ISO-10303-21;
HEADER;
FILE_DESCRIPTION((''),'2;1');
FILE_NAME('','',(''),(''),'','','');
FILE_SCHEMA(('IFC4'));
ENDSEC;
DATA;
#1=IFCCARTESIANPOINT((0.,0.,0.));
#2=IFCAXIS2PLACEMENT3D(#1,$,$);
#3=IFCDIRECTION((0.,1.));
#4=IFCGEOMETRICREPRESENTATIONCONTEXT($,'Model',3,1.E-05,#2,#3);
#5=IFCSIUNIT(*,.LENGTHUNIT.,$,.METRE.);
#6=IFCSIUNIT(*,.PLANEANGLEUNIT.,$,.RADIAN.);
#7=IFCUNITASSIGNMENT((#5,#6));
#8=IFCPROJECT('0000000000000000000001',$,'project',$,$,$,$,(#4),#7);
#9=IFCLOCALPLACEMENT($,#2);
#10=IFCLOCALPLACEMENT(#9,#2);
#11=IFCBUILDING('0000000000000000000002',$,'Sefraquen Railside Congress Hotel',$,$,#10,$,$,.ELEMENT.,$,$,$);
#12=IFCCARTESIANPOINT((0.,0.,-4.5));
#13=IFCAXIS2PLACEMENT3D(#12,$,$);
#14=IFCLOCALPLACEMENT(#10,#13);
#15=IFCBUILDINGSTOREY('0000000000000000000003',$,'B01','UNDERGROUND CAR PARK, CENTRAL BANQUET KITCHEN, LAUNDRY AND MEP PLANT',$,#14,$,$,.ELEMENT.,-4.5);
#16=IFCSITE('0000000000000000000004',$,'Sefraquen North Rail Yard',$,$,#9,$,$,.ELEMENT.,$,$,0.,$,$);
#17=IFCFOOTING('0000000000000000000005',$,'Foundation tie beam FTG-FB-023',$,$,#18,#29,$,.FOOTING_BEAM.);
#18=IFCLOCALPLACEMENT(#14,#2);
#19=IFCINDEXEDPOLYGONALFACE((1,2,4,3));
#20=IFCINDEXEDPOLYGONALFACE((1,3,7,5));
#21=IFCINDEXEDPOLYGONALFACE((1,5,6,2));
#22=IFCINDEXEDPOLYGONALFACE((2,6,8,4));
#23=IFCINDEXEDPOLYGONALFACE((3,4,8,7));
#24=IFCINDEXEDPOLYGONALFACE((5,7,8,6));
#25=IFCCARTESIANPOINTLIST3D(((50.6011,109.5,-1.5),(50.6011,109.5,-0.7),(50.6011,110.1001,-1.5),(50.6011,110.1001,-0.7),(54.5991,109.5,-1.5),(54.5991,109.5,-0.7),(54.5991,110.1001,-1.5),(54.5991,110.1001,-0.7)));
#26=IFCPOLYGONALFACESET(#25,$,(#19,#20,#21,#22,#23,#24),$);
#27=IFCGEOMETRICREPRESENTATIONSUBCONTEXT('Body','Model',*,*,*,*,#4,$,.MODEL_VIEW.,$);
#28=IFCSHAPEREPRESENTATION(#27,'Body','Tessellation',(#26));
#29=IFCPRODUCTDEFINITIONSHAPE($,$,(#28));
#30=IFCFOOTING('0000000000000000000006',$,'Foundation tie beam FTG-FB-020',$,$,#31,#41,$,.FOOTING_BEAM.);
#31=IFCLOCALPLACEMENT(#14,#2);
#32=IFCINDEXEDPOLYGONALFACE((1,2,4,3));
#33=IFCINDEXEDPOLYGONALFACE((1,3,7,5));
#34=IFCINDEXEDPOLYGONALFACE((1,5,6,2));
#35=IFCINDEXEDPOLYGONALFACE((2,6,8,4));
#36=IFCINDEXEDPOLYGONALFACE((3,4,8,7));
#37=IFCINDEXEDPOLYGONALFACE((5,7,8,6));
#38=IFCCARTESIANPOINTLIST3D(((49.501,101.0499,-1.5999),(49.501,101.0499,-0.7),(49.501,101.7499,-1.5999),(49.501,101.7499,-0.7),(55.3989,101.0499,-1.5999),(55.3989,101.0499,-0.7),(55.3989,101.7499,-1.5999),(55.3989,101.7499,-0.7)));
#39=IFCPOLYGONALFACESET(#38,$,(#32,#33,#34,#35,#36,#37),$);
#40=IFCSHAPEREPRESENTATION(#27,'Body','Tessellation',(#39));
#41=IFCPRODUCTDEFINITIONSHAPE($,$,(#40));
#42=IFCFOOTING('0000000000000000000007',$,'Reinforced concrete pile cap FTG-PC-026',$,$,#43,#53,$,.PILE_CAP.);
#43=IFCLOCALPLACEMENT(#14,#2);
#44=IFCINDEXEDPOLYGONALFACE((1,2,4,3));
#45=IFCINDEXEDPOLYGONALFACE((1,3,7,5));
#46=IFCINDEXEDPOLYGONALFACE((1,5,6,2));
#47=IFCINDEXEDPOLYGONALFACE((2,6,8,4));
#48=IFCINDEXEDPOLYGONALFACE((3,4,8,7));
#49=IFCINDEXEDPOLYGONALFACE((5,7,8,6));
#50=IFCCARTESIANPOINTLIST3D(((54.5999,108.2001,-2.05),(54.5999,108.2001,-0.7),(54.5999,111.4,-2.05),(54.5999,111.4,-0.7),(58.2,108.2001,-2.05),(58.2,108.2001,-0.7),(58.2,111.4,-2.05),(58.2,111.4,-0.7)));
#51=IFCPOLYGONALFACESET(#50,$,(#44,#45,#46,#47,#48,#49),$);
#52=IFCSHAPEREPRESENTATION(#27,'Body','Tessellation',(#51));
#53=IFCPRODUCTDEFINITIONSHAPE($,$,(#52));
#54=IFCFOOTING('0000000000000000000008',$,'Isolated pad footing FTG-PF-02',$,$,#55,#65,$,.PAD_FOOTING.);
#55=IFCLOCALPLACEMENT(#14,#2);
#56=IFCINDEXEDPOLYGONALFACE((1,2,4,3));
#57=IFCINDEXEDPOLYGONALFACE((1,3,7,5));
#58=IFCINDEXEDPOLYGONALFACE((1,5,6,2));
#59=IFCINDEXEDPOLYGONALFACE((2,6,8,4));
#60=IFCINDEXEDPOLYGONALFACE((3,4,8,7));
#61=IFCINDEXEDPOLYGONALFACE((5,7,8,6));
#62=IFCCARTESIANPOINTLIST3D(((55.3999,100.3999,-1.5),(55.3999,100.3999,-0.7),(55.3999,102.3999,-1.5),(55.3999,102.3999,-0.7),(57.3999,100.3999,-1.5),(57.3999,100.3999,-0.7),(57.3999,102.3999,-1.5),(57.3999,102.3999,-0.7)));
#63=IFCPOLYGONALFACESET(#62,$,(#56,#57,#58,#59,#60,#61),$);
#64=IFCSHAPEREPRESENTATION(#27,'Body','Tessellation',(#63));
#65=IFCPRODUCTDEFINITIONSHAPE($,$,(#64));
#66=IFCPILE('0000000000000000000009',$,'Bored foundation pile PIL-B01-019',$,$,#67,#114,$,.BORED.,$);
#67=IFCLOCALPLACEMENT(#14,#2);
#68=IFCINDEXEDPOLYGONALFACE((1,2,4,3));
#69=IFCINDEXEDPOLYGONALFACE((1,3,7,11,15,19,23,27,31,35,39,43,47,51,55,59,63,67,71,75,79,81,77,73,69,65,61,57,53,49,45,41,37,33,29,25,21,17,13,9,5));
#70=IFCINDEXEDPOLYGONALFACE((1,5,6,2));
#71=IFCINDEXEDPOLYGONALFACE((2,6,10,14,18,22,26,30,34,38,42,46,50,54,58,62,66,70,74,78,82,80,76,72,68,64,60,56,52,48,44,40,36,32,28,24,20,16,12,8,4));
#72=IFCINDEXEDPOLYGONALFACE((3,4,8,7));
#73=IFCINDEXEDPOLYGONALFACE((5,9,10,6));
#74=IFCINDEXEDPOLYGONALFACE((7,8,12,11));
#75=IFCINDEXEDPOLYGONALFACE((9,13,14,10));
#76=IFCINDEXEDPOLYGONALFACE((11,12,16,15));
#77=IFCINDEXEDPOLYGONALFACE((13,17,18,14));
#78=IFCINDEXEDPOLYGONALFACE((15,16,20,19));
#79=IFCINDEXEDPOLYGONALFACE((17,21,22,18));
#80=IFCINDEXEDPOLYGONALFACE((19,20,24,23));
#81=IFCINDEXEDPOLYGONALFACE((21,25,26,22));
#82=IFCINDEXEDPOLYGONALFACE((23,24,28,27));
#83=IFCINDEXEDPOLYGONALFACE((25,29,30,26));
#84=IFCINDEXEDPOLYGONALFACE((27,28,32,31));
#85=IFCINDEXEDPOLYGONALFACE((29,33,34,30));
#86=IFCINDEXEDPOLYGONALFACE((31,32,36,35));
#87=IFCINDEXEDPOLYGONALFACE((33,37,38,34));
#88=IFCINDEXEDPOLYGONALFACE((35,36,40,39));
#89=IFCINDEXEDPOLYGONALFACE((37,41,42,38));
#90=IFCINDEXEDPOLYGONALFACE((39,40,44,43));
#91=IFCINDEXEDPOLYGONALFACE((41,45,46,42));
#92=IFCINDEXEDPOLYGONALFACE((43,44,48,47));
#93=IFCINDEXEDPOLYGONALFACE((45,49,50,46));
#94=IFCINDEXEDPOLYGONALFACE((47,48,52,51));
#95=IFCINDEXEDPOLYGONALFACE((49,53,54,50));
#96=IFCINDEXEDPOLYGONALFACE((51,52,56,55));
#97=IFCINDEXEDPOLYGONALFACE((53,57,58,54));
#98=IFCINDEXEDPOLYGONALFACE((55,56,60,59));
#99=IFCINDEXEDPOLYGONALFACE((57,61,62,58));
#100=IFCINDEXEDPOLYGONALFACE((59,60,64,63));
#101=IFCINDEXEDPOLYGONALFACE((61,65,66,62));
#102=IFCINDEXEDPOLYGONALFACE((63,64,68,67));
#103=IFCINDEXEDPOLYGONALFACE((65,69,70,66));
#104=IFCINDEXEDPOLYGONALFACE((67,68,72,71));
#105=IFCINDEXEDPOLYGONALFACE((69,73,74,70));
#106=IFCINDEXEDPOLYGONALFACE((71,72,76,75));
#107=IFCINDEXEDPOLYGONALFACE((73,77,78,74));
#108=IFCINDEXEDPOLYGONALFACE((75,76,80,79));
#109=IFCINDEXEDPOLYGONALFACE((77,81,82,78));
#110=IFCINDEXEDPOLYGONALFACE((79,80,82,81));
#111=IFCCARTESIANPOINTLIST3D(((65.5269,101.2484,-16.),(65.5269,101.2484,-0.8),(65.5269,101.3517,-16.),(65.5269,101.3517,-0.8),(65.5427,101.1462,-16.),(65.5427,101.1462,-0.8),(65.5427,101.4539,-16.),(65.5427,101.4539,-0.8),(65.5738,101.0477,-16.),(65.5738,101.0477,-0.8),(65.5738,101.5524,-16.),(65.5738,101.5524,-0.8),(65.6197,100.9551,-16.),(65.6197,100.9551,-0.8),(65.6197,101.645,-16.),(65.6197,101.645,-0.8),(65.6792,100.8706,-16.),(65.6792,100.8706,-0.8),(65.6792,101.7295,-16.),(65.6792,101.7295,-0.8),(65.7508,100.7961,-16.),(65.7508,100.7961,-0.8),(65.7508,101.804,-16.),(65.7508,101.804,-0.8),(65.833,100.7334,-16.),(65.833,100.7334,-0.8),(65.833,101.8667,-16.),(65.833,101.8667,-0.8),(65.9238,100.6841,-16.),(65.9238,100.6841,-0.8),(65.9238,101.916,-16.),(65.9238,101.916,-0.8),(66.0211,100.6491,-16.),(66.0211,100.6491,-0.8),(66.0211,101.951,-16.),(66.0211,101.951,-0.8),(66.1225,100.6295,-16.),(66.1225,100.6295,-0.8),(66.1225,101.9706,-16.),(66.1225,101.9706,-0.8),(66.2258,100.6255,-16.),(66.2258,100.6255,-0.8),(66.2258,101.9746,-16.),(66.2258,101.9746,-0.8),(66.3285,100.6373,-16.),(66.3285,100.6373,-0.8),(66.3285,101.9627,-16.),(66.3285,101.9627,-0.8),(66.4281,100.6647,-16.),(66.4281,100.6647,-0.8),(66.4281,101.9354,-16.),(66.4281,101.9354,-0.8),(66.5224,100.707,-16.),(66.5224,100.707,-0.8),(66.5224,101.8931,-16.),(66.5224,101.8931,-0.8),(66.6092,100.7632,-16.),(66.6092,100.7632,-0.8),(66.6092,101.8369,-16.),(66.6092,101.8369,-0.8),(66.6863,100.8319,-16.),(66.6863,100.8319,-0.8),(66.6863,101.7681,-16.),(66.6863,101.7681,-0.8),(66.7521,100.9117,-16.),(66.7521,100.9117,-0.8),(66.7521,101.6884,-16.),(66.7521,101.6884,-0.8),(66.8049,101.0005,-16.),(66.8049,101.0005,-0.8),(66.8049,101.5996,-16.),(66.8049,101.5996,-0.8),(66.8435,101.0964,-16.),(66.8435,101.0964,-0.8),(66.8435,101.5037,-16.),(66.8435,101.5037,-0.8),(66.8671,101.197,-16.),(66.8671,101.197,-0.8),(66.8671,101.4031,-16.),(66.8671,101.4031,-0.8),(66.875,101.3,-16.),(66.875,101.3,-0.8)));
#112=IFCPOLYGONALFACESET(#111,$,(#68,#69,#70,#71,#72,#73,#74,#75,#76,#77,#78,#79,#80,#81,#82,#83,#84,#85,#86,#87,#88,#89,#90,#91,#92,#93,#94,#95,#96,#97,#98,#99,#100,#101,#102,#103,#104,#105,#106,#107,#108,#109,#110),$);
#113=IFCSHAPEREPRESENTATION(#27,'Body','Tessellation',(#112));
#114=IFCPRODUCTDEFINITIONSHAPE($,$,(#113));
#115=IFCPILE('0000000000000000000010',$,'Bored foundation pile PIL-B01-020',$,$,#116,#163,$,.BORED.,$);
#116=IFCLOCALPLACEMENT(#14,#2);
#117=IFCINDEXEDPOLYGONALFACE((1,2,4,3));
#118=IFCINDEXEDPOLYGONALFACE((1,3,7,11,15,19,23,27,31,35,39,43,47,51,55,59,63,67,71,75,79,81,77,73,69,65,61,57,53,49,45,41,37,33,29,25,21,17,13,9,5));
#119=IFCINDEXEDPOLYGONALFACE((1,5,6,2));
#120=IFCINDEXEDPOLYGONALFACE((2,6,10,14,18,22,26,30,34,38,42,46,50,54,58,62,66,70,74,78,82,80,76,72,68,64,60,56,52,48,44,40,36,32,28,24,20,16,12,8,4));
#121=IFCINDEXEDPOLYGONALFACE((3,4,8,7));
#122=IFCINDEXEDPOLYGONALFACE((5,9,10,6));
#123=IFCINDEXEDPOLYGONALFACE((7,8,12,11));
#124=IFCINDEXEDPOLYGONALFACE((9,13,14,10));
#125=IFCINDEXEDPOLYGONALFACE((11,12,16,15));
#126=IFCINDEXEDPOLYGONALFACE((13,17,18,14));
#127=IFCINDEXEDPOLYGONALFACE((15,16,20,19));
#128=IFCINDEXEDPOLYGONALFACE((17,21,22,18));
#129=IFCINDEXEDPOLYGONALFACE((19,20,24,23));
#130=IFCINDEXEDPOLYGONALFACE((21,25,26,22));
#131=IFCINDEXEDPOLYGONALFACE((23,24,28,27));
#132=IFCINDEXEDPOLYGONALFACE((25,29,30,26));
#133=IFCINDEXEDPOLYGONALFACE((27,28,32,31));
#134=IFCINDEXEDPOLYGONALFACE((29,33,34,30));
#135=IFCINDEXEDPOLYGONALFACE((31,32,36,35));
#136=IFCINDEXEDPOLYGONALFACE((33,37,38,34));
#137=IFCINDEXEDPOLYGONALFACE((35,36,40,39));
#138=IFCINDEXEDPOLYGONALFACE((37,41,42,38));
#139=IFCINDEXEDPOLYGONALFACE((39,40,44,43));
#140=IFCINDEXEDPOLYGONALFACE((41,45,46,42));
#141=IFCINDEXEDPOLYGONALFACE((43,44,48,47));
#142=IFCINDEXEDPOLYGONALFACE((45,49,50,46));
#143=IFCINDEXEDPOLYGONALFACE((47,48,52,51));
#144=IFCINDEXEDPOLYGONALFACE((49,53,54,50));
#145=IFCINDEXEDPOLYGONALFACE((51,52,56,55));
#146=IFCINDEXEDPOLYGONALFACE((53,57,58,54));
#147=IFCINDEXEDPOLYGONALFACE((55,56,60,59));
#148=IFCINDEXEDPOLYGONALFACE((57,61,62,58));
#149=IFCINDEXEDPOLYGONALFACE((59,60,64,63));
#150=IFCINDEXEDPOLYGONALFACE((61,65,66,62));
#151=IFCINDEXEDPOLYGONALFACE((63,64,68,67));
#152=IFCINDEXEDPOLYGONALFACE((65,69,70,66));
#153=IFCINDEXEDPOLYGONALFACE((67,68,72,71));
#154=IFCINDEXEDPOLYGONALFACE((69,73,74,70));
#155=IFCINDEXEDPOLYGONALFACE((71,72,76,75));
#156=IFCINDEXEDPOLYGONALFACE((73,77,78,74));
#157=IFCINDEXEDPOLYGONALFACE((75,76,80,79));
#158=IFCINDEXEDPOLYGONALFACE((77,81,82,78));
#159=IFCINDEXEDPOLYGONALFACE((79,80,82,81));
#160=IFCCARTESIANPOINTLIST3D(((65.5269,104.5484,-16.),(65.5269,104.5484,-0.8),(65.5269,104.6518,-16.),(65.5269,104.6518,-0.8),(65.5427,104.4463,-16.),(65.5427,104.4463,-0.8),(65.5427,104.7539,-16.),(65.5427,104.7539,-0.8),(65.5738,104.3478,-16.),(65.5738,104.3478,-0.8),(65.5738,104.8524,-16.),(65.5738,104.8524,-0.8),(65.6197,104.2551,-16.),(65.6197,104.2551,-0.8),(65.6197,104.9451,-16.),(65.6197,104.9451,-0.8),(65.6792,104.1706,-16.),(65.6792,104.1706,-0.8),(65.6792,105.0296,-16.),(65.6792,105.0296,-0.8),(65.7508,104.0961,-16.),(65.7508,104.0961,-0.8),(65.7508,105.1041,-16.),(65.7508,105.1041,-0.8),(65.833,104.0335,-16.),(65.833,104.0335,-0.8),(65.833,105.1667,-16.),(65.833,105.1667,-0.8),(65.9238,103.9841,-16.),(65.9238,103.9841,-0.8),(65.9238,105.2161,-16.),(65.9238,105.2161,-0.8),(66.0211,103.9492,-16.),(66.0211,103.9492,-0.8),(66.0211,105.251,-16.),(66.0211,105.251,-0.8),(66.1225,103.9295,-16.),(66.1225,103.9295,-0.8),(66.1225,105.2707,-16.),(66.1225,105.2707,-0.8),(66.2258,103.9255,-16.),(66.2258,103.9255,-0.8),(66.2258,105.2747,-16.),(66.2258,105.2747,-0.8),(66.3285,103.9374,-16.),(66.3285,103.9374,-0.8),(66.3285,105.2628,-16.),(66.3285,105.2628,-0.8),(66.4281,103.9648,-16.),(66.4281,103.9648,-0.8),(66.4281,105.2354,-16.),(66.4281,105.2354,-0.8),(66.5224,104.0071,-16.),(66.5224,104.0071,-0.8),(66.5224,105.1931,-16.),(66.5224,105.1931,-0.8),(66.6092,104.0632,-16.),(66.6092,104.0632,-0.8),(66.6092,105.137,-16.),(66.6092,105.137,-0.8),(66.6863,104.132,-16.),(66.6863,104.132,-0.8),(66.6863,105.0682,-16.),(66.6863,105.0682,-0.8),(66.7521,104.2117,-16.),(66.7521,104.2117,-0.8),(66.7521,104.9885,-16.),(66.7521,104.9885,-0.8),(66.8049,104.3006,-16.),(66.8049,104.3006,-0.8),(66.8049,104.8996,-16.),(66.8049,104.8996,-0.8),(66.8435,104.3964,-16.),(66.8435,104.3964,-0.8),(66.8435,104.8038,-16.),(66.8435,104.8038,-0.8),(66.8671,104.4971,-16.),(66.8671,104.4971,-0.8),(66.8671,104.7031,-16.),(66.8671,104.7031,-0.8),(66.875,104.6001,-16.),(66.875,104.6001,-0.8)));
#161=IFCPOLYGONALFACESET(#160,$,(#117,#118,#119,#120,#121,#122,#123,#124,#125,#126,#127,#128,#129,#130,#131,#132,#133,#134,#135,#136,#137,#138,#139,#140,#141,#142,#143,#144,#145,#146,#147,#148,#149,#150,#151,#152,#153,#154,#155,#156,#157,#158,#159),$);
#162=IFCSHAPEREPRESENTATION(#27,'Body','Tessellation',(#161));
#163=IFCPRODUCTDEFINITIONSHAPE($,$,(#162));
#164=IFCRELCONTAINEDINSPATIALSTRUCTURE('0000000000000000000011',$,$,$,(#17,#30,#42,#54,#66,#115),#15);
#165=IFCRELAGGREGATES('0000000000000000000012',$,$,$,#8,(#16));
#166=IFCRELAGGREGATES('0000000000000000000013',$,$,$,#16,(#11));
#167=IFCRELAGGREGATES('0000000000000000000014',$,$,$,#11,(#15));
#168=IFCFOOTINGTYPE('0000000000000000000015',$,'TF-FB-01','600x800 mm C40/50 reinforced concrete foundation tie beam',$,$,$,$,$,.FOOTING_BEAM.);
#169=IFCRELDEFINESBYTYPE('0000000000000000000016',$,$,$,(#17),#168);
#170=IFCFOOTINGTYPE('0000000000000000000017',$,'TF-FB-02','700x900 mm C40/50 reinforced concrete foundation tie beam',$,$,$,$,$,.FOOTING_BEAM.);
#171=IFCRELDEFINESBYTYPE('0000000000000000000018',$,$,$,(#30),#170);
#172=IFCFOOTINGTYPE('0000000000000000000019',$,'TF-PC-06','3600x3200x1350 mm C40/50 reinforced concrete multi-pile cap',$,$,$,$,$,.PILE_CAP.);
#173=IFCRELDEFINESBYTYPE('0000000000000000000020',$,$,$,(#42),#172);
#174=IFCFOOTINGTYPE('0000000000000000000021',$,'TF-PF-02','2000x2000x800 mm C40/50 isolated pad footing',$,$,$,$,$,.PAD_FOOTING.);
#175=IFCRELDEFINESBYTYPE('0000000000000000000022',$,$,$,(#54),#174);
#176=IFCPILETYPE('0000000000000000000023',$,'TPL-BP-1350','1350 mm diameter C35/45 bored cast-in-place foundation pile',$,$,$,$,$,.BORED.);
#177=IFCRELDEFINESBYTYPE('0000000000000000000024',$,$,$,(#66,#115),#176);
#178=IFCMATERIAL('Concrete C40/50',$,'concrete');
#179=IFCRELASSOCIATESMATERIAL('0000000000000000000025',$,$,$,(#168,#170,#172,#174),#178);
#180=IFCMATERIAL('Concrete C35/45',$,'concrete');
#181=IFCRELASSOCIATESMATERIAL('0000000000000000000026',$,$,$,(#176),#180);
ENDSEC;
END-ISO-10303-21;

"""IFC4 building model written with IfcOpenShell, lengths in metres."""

from ifc_helpers import new_model, si_unit, direction, frame, origin, origin_2d, place, context, subcontext, project, spatial, rectangle, circle, extrude, material, material_profile, profile_set, type_object, element, save


model = new_model("IFC4")

# Units and contexts
model_context = context("Model", 3, precision=1e-05, world=origin(), true_north=direction((0.0, 1.0)))
body_context = subcontext(model_context, "Body", "Model", "MODEL_VIEW")
ifc_project = project(units=[si_unit("LENGTHUNIT", "METRE"), si_unit("PLANEANGLEUNIT", "RADIAN")], contexts=[model_context])

# Site, building, storey
site_placement = place(None, origin())
site = spatial("IfcSite", under=ifc_project, at=site_placement, Name="Sefraquen North Rail Yard", CompositionType="ELEMENT", RefElevation=0.0)
building_placement = place(site_placement, origin())
building = spatial("IfcBuilding", under=site, at=building_placement, Name="Sefraquen Railside Congress Hotel", CompositionType="ELEMENT")
storey_placement = place(building_placement, frame((0.0, 0.0, -4.5)))
storey = spatial("IfcBuildingStorey", under=building, at=storey_placement, Name="B01", Description="UNDERGROUND CAR PARK, CENTRAL BANQUET KITCHEN, LAUNDRY AND MEP PLANT", CompositionType="ELEMENT", Elevation=-4.5)

# Footings
ifc_material_1 = material(Name="Concrete C40/50", Category="concrete")
footing_type_1 = type_object("IfcFootingType", Name="TF-FB-01", Description="600x800 mm C40/50 reinforced concrete foundation tie beam", PredefinedType="FOOTING_BEAM", material=ifc_material_1)
footing_1_placement = place(storey_placement, frame((52.6001, 109.8, -1.5), z_axis=(0.0, 0.0, 1.0), x_axis=(1.0, 0.0, 0.0)))
element("IfcFooting", 1, at=footing_1_placement, inside=storey, type_object=footing_type_1, Name="Foundation tie beam FTG-FB-023", PredefinedType="FOOTING_BEAM", context=body_context, shape_type="SweptSolid", body=[
    extrude(rectangle(XDim=3.998, YDim=0.6001, at=origin_2d()), origin(), (0.0, 0.0, 1.0), 0.8),
])
footing_type_2 = type_object("IfcFootingType", Name="TF-FB-02", Description="700x900 mm C40/50 reinforced concrete foundation tie beam", PredefinedType="FOOTING_BEAM", material=ifc_material_1)
footing_2_placement = place(storey_placement, frame((52.45, 101.3999, -1.5999), z_axis=(0.0, 0.0, 1.0), x_axis=(1.0, 0.0, 0.0)))
element("IfcFooting", 2, at=footing_2_placement, inside=storey, type_object=footing_type_2, Name="Foundation tie beam FTG-FB-020", PredefinedType="FOOTING_BEAM", context=body_context, shape_type="SweptSolid", body=[
    extrude(rectangle(XDim=5.8979, YDim=0.7, at=origin_2d()), origin(), (0.0, 0.0, 1.0), 0.8999),
])
footing_type_3 = type_object("IfcFootingType", Name="TF-PC-06", Description="3600x3200x1350 mm C40/50 reinforced concrete multi-pile cap", PredefinedType="PILE_CAP", material=ifc_material_1)
footing_3_placement = place(storey_placement, frame((56.3999, 109.8, -2.05), z_axis=(0.0, 0.0, 1.0), x_axis=(1.0, 0.0, 0.0)))
element("IfcFooting", 3, at=footing_3_placement, inside=storey, type_object=footing_type_3, Name="Reinforced concrete pile cap FTG-PC-026", PredefinedType="PILE_CAP", context=body_context, shape_type="SweptSolid", body=[
    extrude(rectangle(XDim=3.6001, YDim=3.2, at=origin_2d()), origin(), (0.0, 0.0, 1.0), 1.3501),
])
footing_type_4 = type_object("IfcFootingType", Name="TF-PF-02", Description="2000x2000x800 mm C40/50 isolated pad footing", PredefinedType="PAD_FOOTING", material=ifc_material_1)
footing_4_placement = place(storey_placement, frame((56.3999, 101.3999, -1.5), z_axis=(0.0, 0.0, 1.0), x_axis=(1.0, 0.0, 0.0)))
element("IfcFooting", 4, at=footing_4_placement, inside=storey, type_object=footing_type_4, Name="Isolated pad footing FTG-PF-02", PredefinedType="PAD_FOOTING", context=body_context, shape_type="SweptSolid", body=[
    extrude(rectangle(XDim=2.0, YDim=2.0, at=origin_2d()), origin(), (0.0, 0.0, 1.0), 0.8),
])

# Piles
ifc_material_2 = material(Name="Concrete C35/45", Category="concrete")
ifc_material_profile_1 = material_profile(ifc_material_2, circle(Radius=0.675, at=origin_2d()), Name="BORED PILE 1350")
ifc_profile_set_1 = profile_set([ifc_material_profile_1], Name="Concrete C35/45")
pile_type_1 = type_object("IfcPileType", Name="TPL-BP-1350", Description="1350 mm diameter C35/45 bored cast-in-place foundation pile", PredefinedType="BORED", material=ifc_profile_set_1)
for number, where, z_axis, x_axis, name in (
    (5, (66.2, 101.3, -0.8), (0.0, 0.0, -1.0), (1.0, 0.0, 0.0), "Bored foundation pile PIL-B01-019"),
    (6, (66.2, 104.6001, -0.8), (0.0, 0.0, -1.0), (1.0, 0.0, 0.0), "Bored foundation pile PIL-B01-020"),
):
    element("IfcPile", number, at=place(storey_placement, frame(where, z_axis=z_axis, x_axis=x_axis)), inside=storey, type_object=pile_type_1, Name=name, PredefinedType="BORED", context=body_context, shape_type="SweptSolid", body=[
        extrude(circle(Radius=0.675, at=origin_2d()), origin(), (0.0, 0.0, 1.0), 15.2),
    ])

save(model, "model.ifc")
